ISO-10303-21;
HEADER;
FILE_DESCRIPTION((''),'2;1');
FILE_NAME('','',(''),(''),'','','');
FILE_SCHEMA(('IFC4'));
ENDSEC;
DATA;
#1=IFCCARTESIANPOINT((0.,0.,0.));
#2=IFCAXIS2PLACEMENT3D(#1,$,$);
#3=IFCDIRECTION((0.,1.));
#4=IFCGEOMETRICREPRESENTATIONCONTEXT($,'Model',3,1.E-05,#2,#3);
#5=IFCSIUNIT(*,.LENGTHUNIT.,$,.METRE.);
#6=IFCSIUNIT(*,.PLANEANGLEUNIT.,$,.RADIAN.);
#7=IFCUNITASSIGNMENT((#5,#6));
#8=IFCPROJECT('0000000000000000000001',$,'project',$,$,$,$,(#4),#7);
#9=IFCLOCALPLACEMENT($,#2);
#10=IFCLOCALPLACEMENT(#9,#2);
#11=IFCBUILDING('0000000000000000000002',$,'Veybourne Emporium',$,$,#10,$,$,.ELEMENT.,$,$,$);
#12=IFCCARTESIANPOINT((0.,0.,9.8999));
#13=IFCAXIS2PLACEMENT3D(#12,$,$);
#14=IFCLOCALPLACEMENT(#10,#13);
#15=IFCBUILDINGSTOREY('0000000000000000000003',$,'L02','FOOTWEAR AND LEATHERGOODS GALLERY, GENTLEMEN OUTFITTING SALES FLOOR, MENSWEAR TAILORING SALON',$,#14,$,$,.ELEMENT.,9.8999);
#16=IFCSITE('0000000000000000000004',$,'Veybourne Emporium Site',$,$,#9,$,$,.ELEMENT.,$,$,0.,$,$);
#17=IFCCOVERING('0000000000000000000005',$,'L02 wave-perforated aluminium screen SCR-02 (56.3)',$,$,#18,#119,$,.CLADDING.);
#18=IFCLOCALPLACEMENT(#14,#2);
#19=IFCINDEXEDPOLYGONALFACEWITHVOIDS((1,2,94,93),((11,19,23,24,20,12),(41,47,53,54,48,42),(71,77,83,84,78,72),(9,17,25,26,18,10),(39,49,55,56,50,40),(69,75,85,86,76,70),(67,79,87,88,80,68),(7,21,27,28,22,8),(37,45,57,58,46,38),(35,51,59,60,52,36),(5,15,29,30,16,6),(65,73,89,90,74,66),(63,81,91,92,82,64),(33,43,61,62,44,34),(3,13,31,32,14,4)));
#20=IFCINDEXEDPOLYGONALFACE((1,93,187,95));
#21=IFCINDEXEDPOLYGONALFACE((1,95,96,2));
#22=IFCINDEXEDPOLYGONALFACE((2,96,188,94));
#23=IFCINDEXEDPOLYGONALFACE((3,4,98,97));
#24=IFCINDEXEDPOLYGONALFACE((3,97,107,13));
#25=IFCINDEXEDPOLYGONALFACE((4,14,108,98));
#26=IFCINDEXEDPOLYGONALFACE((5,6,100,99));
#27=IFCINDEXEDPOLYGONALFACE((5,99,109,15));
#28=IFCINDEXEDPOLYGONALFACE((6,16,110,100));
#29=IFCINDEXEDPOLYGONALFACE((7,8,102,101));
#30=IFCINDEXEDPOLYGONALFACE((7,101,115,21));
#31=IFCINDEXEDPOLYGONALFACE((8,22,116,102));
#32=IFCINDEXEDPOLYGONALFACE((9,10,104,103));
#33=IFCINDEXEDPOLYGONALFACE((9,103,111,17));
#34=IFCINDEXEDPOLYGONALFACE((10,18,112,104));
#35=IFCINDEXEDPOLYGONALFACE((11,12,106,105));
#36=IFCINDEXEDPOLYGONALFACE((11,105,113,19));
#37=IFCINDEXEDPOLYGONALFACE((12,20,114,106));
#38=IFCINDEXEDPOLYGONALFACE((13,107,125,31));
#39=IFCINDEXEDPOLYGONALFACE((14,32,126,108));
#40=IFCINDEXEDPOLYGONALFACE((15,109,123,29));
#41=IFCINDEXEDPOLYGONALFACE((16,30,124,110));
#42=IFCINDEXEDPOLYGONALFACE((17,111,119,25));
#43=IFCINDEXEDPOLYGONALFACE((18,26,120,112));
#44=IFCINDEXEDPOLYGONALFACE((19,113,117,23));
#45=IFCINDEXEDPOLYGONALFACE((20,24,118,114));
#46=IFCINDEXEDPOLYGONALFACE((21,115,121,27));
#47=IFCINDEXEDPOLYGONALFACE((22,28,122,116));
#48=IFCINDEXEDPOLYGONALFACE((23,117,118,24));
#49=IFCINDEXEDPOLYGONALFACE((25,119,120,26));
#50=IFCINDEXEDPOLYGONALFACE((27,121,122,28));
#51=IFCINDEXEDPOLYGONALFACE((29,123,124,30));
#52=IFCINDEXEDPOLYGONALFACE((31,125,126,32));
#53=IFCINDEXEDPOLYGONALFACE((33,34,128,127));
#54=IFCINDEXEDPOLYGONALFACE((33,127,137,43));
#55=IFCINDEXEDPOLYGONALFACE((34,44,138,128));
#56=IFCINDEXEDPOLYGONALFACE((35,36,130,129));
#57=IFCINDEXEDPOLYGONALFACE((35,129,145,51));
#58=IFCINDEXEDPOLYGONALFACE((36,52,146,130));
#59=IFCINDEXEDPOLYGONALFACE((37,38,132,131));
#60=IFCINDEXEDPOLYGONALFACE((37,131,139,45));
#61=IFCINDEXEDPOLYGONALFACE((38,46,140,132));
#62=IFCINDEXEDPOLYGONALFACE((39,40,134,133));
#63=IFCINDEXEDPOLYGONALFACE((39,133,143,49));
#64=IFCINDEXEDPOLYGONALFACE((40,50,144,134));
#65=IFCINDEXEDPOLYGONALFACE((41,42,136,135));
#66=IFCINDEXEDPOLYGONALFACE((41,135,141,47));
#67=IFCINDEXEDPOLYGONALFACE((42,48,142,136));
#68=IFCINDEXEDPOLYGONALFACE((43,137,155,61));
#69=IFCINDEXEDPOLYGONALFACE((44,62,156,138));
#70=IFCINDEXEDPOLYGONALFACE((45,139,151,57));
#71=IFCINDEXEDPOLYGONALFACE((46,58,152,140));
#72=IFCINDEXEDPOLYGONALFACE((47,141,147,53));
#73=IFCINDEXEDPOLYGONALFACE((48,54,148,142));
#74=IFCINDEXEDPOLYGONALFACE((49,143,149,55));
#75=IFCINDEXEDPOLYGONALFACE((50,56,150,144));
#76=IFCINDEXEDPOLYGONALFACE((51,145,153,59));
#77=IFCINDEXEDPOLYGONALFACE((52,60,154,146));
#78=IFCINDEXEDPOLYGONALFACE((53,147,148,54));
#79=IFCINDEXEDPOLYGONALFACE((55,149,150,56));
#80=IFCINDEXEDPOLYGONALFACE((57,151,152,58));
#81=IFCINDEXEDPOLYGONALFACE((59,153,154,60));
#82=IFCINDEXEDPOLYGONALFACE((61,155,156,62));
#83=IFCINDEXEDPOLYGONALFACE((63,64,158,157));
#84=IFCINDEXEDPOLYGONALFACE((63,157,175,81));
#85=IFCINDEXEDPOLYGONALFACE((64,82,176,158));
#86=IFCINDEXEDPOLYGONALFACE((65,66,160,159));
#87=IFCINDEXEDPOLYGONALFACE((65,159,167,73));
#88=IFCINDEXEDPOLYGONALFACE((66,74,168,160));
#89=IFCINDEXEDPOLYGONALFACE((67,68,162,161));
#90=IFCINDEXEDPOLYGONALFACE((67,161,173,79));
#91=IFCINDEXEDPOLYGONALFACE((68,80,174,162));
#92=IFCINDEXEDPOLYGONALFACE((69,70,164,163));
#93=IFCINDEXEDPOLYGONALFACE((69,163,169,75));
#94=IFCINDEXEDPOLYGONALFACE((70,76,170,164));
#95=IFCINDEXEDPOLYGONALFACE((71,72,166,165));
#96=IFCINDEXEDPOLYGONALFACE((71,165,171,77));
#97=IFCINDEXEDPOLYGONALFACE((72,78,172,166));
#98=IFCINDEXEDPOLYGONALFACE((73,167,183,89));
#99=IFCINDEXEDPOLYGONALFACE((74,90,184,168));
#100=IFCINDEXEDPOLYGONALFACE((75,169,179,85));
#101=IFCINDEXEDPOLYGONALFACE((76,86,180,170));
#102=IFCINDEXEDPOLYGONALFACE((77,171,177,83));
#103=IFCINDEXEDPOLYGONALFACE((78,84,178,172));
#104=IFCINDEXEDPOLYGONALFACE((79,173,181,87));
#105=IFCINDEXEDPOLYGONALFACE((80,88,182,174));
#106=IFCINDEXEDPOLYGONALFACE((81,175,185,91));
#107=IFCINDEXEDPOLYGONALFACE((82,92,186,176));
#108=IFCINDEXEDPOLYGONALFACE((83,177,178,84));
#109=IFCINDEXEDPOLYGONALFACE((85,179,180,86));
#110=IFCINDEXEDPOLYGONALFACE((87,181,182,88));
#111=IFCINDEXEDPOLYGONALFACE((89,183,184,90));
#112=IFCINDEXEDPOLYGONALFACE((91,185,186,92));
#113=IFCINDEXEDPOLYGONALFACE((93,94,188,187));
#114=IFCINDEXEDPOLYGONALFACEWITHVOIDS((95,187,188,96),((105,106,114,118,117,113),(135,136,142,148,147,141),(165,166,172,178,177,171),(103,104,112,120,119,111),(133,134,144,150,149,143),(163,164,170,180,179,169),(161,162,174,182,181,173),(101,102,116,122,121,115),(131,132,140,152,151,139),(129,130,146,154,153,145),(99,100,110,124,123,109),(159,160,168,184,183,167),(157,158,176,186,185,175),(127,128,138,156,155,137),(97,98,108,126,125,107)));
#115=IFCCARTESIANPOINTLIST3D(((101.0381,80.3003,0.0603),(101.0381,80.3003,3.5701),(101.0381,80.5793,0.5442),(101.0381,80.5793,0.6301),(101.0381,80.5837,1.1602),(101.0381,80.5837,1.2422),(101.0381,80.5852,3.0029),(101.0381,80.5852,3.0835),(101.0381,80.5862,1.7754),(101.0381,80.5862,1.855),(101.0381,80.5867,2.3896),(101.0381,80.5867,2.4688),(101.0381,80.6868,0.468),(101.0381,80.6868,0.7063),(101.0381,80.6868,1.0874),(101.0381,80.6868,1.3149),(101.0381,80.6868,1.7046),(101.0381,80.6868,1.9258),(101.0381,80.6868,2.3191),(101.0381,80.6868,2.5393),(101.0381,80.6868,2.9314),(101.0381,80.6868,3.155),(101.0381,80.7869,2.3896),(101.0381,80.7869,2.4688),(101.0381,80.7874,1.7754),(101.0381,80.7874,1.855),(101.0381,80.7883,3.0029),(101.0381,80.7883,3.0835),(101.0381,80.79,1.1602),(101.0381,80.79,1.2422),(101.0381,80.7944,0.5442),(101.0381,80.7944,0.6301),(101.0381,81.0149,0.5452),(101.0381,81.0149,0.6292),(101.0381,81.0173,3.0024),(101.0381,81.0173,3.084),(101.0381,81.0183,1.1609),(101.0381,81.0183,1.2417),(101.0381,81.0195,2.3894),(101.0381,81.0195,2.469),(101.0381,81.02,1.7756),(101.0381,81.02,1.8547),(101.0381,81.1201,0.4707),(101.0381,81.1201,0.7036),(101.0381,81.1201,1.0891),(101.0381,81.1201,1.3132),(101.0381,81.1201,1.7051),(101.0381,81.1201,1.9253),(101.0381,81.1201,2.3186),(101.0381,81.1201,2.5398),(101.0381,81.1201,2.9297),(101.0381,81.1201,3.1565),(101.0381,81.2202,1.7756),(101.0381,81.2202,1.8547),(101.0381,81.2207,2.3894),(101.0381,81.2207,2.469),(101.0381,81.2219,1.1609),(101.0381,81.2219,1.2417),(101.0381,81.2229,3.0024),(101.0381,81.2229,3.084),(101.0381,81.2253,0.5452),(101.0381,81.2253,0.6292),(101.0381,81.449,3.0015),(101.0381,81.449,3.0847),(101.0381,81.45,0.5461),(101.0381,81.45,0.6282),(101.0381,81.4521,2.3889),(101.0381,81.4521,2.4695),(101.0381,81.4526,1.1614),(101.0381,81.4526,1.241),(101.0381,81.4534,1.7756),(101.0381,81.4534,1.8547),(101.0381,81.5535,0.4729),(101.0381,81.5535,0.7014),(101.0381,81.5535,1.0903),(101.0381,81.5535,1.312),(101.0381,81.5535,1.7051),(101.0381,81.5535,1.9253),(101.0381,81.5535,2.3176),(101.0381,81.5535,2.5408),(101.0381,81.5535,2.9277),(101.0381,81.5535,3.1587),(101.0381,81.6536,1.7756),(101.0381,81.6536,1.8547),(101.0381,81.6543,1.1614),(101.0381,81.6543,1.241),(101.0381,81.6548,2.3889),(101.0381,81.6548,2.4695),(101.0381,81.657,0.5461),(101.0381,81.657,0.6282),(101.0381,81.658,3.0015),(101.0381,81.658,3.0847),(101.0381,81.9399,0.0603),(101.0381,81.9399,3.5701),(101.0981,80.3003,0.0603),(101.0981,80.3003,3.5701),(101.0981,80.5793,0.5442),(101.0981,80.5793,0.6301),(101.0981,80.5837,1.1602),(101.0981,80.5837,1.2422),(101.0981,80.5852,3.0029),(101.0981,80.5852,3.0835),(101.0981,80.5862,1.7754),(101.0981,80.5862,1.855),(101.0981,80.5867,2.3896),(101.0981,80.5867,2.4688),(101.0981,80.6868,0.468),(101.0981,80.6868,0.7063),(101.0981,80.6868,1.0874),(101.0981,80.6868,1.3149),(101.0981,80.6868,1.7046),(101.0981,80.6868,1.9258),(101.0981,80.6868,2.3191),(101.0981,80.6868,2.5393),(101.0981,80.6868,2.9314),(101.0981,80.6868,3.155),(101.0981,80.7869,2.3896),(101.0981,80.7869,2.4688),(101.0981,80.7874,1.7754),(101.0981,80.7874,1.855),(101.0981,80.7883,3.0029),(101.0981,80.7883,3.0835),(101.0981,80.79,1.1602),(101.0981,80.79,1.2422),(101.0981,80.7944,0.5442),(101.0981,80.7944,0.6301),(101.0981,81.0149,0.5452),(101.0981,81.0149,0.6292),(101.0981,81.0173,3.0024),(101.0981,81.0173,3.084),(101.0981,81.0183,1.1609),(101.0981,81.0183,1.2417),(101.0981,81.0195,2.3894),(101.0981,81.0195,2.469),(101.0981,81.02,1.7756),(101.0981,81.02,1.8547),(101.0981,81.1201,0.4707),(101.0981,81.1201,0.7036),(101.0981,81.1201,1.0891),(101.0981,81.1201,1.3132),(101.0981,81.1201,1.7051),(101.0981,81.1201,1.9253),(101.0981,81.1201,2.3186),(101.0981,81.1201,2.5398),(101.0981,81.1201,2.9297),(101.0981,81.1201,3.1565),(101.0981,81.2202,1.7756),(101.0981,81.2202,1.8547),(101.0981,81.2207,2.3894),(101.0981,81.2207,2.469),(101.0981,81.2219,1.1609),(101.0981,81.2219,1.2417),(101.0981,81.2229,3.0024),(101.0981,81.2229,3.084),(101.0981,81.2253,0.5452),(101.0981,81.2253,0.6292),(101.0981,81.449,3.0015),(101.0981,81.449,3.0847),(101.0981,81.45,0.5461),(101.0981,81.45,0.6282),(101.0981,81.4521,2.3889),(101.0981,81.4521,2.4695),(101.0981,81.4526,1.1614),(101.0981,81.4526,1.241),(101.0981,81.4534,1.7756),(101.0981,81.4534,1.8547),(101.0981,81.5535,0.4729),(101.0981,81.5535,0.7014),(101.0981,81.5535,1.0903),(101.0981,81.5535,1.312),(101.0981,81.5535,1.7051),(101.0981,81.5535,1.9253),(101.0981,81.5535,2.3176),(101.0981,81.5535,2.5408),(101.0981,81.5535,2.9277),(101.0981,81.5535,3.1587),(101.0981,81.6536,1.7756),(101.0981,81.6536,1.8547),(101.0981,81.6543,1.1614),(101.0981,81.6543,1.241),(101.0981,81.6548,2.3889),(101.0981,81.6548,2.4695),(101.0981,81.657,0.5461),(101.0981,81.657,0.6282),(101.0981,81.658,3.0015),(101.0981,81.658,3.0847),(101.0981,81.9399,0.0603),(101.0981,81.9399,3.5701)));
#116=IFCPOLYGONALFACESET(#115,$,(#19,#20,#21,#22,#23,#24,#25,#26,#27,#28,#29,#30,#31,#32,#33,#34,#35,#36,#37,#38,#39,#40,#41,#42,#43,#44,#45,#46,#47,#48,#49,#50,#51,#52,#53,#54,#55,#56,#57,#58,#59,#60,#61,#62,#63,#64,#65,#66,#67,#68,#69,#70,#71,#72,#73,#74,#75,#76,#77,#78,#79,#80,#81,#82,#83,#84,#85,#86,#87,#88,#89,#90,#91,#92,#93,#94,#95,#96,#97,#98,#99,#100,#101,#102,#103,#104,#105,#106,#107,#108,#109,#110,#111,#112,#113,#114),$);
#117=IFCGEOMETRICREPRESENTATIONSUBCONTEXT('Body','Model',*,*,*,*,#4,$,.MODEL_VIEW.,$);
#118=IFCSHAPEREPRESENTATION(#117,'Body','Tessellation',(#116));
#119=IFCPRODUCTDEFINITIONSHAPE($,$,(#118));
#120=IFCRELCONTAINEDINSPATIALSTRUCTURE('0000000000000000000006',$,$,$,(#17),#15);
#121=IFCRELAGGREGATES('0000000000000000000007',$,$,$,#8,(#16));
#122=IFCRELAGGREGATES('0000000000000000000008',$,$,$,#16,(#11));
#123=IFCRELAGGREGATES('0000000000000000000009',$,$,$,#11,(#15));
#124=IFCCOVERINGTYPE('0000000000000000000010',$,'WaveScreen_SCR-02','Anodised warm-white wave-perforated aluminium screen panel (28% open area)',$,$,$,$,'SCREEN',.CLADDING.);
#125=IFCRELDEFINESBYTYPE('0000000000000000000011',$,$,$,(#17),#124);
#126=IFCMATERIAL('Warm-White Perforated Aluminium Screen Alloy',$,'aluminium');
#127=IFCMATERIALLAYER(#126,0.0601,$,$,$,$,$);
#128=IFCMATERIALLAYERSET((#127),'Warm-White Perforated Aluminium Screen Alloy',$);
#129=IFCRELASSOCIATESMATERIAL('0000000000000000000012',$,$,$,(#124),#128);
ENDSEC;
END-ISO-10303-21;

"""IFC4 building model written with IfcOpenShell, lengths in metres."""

from ifc_helpers import new_model, si_unit, direction, frame, origin, place, context, subcontext, project, spatial, polyline, outline, extrude, material, layer, layer_set, type_object, element, save


model = new_model("IFC4")

# Units and contexts
model_context = context("Model", 3, precision=1e-05, world=origin(), true_north=direction((0.0, 1.0)))
body_context = subcontext(model_context, "Body", "Model", "MODEL_VIEW")
ifc_project = project(units=[si_unit("LENGTHUNIT", "METRE"), si_unit("PLANEANGLEUNIT", "RADIAN")], contexts=[model_context])

# Site, building, storey
site_placement = place(None, origin())
site = spatial("IfcSite", under=ifc_project, at=site_placement, Name="Veybourne Emporium Site", CompositionType="ELEMENT", RefElevation=0.0)
building_placement = place(site_placement, origin())
building = spatial("IfcBuilding", under=site, at=building_placement, Name="Veybourne Emporium", CompositionType="ELEMENT")
storey_placement = place(building_placement, frame((0.0, 0.0, 9.8999)))
storey = spatial("IfcBuildingStorey", under=building, at=storey_placement, Name="L02", Description="FOOTWEAR AND LEATHERGOODS GALLERY, GENTLEMEN OUTFITTING SALES FLOOR, MENSWEAR TAILORING SALON", CompositionType="ELEMENT", Elevation=9.8999)

# Covering
ifc_material_1 = material(Name="Warm-White Perforated Aluminium Screen Alloy", Category="aluminium")
ifc_layer_1 = layer(ifc_material_1, 0.0601)
ifc_layer_set_1 = layer_set([ifc_layer_1], Name="Warm-White Perforated Aluminium Screen Alloy")
covering_type_1 = type_object("IfcCoveringType", Name="WaveScreen_SCR-02", Description="Anodised warm-white wave-perforated aluminium screen panel (28% open area)", ElementType="SCREEN", PredefinedType="CLADDING", material=ifc_layer_set_1)
covering_1_placement = place(storey_placement, frame((101.0981, 81.1201, 1.8152), z_axis=(-1.0, 0.0, 0.0), x_axis=(0.0, -1.0, 0.0)))
element("IfcCovering", 1, at=covering_1_placement, inside=storey, type_object=covering_type_1, Name="L02 wave-perforated aluminium screen SCR-02 (56.3)", PredefinedType="CLADDING", context=body_context, shape_type="SweptSolid", body=[
    extrude(outline(polyline([(-0.8198, -1.7549), (0.8198, -1.7549), (0.8198, 1.7549), (-0.8198, 1.7549), (-0.8198, -1.7549)]), holes=[polyline([(-0.4333, -1.1138), (-0.3298, -1.187), (-0.3298, -1.269), (-0.4333, -1.3423), (-0.5369, -1.269), (-0.5369, -1.187), (-0.4333, -1.1138)]), polyline([(-0.4333, -0.5032), (-0.3325, -0.5742), (-0.3325, -0.6538), (-0.4333, -0.7249), (-0.5342, -0.6538), (-0.5342, -0.5742), (-0.4333, -0.5032)]), polyline([(-0.4333, 0.1101), (-0.3333, 0.0396), (-0.3333, -0.0396), (-0.4333, -0.1101), (-0.5334, -0.0396), (-0.5334, 0.0396), (-0.4333, 0.1101)]), polyline([(-0.4333, 0.7256), (-0.332, 0.6543), (-0.332, 0.5737), (-0.4333, 0.5024), (-0.5347, 0.5737), (-0.5347, 0.6543), (-0.4333, 0.7256)]), polyline([(-0.4333, 1.3435), (-0.3289, 1.2695), (-0.3289, 1.1863), (-0.4333, 1.1125), (-0.5378, 1.1863), (-0.5378, 1.2695), (-0.4333, 1.3435)]), polyline([(0.0, -1.1116), (0.1052, -1.186), (0.1052, -1.27), (0.0, -1.3445), (-0.1052, -1.27), (-0.1052, -1.186), (0.0, -1.1116)]), polyline([(0.0, -0.502), (0.1018, -0.5735), (0.1018, -0.6543), (0.0, -0.7261), (-0.1018, -0.6543), (-0.1018, -0.5735), (0.0, -0.502)]), polyline([(0.0, 0.1101), (0.1001, 0.0396), (0.1001, -0.0396), (0.0, -0.1101), (-0.1001, -0.0396), (-0.1001, 0.0396), (0.0, 0.1101)]), polyline([(0.0, 0.7246), (0.1006, 0.6538), (0.1006, 0.5742), (0.0, 0.5034), (-0.1006, 0.5742), (-0.1006, 0.6538), (0.0, 0.7246)]), polyline([(0.0, 1.3413), (0.1028, 1.2688), (0.1028, 1.1873), (0.0, 1.1145), (-0.1028, 1.1873), (-0.1028, 1.2688), (0.0, 1.3413)]), polyline([(0.4333, -1.1089), (0.5408, -1.1851), (0.5408, -1.271), (0.4333, -1.3472), (0.3257, -1.271), (0.3257, -1.1851), (0.4333, -1.1089)]), polyline([(0.4333, -0.5002), (0.5364, -0.573), (0.5364, -0.655), (0.4333, -0.7278), (0.3301, -0.655), (0.3301, -0.573), (0.4333, -0.5002)]), polyline([(0.4333, 0.1106), (0.5339, 0.0398), (0.5339, -0.0398), (0.4333, -0.1106), (0.3328, -0.0398), (0.3328, 0.0398), (0.4333, 0.1106)]), polyline([(0.4333, 0.7241), (0.5334, 0.6536), (0.5334, 0.5745), (0.4333, 0.5039), (0.3333, 0.5745), (0.3333, 0.6536), (0.4333, 0.7241)]), polyline([(0.4333, 1.3398), (0.5349, 1.2683), (0.5349, 1.1877), (0.4333, 1.1162), (0.3318, 1.1877), (0.3318, 1.2683), (0.4333, 1.3398)])]), origin(), (0.0, 0.0, 1.0), 0.0601),
])

save(model, "model.ifc")
